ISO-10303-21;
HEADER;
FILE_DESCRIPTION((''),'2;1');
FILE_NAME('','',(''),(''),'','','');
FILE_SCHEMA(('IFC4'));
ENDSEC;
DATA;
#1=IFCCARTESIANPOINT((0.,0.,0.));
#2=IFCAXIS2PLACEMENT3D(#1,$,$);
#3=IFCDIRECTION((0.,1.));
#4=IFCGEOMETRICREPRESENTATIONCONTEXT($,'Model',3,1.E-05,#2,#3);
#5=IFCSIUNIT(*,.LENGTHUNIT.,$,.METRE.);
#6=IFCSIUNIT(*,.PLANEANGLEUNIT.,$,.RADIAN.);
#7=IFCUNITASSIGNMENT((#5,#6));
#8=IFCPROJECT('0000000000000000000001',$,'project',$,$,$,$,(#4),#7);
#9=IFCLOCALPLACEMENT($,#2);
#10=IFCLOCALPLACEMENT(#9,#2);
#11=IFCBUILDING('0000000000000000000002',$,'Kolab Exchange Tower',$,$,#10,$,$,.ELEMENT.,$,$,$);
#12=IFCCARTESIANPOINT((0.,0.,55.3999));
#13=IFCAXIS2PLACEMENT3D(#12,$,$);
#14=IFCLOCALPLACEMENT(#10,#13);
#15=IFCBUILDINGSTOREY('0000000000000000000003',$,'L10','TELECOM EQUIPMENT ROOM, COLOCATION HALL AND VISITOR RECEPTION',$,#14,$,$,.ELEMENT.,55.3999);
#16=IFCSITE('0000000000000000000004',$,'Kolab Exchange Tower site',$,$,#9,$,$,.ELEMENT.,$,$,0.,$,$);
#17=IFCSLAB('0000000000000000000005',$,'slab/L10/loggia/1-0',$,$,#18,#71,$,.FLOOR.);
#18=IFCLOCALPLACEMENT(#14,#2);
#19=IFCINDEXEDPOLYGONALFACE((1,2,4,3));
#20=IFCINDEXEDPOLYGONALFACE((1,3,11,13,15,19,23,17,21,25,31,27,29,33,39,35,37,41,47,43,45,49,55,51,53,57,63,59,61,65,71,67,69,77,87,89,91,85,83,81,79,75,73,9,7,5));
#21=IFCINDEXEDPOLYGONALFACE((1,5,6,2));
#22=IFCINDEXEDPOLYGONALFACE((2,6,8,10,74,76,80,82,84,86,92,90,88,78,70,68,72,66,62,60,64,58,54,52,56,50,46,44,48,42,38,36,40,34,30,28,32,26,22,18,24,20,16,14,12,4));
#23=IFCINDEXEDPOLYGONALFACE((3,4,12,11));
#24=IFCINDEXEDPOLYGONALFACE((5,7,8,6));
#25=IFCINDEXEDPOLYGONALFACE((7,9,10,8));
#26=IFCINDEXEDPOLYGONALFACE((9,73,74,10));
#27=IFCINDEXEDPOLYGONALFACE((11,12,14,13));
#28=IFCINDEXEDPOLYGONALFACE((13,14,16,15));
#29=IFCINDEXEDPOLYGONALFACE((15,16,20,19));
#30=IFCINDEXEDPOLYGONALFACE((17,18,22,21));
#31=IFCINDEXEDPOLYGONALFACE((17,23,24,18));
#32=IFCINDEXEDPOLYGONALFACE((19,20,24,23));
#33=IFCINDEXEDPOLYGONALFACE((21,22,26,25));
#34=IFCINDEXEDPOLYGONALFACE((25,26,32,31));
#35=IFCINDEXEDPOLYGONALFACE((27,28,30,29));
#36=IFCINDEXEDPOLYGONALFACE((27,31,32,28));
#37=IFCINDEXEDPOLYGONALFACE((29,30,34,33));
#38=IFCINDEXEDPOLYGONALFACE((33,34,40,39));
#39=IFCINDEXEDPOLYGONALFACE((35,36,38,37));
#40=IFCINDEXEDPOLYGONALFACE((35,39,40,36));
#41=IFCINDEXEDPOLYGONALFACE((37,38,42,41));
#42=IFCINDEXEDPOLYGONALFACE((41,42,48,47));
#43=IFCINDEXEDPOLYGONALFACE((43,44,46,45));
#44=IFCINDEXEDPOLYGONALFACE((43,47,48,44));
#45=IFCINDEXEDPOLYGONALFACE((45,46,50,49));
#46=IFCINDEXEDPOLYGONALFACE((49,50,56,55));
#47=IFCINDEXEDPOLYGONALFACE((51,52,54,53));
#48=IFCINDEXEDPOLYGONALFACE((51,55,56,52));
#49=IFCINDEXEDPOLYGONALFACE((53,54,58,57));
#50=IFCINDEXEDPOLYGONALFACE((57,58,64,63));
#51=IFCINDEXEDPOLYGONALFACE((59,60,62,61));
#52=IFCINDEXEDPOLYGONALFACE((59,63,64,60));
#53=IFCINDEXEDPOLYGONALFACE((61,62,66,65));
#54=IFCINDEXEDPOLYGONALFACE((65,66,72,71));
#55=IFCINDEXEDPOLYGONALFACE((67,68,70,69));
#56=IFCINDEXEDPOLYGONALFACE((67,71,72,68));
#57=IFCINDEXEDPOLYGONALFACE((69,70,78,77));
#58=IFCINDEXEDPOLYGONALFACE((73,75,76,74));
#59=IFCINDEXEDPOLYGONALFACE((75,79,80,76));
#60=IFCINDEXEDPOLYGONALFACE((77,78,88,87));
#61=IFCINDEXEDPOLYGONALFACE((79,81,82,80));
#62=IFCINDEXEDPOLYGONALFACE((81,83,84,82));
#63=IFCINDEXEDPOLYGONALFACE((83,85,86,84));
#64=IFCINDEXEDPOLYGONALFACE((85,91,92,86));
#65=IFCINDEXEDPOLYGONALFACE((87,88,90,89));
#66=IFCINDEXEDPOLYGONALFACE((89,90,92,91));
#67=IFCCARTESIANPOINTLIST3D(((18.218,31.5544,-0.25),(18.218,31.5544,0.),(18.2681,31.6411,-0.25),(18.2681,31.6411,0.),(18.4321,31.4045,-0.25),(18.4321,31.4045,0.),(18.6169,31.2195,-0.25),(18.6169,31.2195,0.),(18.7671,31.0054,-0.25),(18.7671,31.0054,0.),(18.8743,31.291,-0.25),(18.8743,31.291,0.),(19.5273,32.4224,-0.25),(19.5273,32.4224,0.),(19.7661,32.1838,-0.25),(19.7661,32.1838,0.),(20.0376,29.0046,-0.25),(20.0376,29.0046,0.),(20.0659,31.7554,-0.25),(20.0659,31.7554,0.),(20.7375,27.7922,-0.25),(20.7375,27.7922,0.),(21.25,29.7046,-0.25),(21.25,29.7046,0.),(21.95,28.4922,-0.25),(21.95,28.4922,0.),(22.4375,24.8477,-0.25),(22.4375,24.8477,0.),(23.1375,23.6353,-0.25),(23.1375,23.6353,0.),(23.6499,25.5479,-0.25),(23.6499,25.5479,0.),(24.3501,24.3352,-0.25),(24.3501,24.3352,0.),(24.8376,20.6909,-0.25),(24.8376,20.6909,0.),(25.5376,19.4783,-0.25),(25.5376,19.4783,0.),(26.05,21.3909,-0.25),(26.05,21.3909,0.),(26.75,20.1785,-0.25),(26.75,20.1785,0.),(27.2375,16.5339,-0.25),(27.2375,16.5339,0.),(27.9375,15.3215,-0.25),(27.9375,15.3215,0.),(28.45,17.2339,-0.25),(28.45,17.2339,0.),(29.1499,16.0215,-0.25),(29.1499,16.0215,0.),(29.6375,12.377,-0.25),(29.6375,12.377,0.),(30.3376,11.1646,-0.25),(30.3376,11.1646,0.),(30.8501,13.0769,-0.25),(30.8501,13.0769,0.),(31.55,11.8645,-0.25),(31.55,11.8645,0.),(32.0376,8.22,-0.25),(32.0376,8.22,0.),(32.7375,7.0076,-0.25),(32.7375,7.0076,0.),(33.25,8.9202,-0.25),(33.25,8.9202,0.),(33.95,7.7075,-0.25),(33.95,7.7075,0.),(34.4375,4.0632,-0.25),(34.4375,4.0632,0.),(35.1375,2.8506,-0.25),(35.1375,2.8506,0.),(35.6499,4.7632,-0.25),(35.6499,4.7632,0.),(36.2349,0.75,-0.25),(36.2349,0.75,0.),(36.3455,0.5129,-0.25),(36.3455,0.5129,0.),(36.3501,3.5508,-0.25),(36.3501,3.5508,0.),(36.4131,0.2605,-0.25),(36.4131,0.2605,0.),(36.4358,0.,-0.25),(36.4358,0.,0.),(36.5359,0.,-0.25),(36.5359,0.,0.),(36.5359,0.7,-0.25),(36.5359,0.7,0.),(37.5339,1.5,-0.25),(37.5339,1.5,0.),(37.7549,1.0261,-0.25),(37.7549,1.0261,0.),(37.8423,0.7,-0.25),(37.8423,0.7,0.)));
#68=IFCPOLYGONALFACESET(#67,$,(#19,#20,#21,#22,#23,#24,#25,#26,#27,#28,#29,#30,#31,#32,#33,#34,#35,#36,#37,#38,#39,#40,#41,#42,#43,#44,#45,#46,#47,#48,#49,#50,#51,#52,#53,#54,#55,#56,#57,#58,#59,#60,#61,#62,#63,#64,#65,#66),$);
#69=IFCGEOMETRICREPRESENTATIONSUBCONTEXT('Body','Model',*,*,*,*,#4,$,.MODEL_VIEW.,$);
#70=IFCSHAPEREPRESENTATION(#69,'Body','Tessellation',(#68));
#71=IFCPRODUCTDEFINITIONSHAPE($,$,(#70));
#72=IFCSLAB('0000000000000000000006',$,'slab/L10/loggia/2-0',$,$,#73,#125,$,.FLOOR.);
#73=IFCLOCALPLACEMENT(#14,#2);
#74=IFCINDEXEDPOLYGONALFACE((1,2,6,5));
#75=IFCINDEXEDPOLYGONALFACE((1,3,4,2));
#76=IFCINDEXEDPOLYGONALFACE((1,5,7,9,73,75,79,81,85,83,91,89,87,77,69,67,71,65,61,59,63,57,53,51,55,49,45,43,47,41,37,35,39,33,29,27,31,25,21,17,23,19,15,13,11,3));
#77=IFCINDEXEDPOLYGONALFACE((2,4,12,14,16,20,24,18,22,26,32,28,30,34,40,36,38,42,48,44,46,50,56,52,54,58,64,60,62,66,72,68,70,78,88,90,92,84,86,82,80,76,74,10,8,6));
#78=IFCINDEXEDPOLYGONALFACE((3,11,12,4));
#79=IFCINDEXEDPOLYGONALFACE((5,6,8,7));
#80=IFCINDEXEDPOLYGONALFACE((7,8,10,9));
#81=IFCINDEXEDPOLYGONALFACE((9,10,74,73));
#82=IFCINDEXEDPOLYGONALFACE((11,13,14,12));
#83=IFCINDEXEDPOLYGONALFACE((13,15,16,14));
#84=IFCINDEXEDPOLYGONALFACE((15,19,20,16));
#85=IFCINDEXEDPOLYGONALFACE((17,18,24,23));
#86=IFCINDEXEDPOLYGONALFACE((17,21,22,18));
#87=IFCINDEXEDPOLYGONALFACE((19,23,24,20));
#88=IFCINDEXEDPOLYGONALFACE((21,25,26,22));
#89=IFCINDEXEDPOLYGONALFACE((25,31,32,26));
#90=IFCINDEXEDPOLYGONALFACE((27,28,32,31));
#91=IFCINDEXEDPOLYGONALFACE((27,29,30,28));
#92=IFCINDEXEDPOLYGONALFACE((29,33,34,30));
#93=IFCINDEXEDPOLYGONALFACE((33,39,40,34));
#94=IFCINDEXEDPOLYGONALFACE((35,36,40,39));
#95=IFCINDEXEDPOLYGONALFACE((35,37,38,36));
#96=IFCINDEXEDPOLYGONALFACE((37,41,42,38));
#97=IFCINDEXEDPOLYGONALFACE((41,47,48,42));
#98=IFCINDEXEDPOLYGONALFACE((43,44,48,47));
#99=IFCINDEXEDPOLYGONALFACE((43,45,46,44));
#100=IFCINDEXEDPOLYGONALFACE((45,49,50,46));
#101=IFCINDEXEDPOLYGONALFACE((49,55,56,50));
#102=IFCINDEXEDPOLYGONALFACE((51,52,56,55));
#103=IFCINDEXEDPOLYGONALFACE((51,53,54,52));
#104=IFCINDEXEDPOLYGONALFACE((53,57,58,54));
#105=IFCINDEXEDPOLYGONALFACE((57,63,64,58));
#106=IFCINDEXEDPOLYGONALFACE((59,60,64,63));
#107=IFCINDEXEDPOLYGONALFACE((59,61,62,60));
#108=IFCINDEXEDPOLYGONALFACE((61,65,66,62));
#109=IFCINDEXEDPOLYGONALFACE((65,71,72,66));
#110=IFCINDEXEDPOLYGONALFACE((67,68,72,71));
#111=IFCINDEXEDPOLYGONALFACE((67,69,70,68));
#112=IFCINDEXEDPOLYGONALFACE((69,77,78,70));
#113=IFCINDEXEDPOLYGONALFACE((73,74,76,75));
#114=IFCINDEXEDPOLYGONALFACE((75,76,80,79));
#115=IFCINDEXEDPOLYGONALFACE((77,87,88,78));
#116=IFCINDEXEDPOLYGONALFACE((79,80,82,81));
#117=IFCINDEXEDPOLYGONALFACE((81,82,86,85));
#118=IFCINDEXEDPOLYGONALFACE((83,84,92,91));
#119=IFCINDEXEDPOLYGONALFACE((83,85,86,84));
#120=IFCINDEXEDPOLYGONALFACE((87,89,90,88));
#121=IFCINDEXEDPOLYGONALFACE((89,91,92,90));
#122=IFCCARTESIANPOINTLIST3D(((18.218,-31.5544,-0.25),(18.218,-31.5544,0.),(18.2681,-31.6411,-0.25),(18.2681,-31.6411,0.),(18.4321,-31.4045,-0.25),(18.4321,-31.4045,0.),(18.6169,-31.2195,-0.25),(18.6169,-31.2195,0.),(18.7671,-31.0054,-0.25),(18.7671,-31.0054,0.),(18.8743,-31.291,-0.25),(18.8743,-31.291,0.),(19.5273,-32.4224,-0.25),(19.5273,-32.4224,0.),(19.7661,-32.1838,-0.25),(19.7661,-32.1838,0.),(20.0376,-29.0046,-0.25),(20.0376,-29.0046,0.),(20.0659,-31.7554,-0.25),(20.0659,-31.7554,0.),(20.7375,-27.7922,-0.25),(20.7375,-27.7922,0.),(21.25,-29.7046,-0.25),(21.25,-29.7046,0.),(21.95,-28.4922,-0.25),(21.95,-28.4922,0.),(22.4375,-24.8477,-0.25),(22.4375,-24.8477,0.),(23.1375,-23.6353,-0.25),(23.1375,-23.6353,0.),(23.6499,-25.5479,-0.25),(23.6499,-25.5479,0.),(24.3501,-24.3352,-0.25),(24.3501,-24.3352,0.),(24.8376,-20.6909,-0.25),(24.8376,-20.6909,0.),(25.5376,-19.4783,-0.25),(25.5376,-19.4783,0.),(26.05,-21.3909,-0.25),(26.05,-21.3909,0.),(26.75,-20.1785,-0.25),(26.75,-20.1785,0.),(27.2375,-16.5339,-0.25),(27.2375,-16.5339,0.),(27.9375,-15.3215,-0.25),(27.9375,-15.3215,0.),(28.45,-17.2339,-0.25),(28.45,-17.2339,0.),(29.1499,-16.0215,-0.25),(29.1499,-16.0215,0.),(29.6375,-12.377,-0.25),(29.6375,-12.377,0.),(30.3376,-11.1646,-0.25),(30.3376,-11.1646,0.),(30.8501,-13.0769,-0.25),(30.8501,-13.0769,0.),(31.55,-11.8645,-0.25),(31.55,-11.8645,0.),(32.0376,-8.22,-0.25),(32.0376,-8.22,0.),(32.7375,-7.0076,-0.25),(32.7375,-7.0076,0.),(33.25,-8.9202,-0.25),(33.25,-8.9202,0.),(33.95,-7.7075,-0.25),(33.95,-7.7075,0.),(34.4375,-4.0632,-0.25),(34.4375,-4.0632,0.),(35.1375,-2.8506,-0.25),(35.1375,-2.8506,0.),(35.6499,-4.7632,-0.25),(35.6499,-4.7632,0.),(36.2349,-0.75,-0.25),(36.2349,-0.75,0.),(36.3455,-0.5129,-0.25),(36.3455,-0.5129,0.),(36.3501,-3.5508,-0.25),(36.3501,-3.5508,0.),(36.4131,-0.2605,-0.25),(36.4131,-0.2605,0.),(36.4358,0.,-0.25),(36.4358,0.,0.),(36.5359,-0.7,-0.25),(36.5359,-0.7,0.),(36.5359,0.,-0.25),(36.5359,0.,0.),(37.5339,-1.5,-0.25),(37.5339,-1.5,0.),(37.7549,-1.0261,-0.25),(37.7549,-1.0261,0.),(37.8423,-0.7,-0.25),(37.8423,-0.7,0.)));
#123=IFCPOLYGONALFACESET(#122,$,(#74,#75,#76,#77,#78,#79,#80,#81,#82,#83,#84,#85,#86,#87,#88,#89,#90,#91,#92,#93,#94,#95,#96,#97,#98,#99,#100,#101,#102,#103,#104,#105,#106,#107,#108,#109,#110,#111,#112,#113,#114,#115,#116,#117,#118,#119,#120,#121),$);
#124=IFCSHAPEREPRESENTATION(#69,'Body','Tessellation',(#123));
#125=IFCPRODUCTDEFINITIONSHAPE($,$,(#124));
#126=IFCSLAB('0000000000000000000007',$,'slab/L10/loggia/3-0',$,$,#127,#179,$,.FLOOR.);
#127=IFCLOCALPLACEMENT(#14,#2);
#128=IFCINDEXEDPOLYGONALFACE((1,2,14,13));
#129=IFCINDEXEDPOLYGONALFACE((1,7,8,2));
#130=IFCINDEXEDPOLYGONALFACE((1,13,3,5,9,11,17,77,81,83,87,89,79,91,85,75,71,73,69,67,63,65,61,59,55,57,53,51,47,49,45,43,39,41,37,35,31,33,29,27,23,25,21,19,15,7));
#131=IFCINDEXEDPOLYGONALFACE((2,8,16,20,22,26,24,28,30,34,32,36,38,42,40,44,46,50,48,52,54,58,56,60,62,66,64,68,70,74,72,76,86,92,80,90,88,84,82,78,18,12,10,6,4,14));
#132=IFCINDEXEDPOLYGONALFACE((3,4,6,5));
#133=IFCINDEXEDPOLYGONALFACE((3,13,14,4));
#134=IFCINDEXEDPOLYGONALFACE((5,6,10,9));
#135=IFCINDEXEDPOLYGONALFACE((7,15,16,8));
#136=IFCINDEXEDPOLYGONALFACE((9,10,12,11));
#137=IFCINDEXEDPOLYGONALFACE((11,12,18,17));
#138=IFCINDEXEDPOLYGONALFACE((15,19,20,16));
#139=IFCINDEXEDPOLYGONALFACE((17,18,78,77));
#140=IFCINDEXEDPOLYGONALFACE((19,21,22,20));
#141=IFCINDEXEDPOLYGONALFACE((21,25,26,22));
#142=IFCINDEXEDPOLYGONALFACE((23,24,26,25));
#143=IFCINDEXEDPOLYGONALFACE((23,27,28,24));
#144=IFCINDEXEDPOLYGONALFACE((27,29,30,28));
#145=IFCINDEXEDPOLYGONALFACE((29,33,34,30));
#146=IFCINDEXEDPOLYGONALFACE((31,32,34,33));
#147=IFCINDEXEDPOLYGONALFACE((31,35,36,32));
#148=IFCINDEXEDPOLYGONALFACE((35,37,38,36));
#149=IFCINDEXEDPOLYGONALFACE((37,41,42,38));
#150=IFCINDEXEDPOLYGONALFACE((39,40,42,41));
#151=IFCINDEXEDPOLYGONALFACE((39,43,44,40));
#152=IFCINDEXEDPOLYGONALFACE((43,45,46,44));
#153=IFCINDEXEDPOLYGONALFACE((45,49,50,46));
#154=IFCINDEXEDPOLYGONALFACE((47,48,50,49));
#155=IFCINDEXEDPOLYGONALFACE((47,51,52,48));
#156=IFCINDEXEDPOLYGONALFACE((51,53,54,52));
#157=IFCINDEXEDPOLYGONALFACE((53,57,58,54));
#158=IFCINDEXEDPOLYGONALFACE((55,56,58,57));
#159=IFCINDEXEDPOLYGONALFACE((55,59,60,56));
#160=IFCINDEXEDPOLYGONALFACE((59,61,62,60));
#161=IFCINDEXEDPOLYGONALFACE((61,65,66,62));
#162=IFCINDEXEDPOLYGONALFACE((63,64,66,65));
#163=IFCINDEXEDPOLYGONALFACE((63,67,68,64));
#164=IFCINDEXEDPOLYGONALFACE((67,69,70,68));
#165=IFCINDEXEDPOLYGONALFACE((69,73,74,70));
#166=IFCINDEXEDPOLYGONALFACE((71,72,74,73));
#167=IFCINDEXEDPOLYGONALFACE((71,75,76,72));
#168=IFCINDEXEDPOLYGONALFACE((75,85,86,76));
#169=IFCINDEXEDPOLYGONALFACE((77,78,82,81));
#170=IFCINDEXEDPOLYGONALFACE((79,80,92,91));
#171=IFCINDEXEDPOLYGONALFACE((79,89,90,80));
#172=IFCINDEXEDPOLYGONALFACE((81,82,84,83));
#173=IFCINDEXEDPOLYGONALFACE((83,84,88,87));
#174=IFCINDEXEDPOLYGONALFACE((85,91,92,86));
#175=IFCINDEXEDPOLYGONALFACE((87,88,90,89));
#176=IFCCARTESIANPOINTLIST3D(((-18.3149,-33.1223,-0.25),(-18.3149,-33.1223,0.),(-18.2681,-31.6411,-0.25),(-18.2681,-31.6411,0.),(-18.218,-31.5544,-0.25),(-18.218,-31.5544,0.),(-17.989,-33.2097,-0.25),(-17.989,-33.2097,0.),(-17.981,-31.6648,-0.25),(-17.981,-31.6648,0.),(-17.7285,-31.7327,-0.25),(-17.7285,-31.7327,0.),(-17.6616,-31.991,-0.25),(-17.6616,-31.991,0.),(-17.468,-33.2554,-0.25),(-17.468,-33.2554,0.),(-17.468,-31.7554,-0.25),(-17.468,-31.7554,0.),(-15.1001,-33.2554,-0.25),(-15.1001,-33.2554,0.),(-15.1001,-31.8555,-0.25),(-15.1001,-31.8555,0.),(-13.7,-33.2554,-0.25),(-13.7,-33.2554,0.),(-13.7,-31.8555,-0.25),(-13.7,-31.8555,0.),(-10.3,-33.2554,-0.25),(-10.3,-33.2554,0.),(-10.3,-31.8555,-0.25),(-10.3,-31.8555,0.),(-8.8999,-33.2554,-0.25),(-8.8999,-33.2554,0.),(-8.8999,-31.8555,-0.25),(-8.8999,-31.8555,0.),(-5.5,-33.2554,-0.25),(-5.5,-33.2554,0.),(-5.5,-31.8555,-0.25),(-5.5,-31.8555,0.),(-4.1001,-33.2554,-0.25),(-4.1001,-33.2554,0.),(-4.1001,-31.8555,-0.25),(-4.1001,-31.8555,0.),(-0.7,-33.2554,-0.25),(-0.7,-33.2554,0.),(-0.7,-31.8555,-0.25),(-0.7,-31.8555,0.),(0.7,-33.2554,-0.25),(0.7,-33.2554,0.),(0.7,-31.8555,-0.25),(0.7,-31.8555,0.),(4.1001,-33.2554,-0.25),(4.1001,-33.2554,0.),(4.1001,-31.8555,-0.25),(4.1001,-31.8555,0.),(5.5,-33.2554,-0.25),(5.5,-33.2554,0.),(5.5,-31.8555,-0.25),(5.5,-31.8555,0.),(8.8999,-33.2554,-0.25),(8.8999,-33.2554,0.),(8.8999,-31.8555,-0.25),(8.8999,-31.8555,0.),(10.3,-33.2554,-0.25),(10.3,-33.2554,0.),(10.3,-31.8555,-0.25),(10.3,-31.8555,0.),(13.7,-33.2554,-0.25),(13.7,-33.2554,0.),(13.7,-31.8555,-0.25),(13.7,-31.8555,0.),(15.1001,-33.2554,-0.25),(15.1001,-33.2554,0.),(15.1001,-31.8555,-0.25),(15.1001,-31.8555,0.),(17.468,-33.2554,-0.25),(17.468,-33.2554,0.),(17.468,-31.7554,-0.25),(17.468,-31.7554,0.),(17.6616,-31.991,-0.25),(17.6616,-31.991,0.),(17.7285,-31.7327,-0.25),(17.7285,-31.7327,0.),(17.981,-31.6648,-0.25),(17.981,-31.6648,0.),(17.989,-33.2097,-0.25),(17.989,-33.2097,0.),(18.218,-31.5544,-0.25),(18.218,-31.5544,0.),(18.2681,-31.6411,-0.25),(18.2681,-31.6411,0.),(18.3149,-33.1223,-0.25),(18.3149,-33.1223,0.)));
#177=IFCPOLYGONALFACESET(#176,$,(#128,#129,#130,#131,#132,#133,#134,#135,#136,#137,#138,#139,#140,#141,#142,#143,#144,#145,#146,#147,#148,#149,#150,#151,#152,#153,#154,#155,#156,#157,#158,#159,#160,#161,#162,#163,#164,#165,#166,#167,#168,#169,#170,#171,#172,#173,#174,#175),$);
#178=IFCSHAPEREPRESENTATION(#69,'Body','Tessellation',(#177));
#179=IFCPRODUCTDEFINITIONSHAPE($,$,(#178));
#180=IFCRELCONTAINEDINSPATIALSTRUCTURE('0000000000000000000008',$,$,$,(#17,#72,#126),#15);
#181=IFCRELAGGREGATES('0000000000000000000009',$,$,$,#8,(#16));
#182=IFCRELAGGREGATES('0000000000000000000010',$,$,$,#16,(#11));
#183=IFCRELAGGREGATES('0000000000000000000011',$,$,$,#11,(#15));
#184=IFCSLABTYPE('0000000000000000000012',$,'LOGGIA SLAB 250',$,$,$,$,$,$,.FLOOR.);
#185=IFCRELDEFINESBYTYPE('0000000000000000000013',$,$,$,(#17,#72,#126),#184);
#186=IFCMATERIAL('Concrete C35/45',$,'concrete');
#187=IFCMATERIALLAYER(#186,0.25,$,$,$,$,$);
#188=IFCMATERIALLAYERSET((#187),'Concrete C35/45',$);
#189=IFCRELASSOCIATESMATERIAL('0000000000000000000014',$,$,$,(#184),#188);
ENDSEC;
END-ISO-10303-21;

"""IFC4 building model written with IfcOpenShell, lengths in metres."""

from ifc_helpers import new_model, si_unit, direction, frame, origin, place, context, subcontext, project, spatial, polyline, outline, extrude, material, layer, layer_set, type_object, element, save


model = new_model("IFC4")

# Units and contexts
model_context = context("Model", 3, precision=1e-05, world=origin(), true_north=direction((0.0, 1.0)))
body_context = subcontext(model_context, "Body", "Model", "MODEL_VIEW")
ifc_project = project(units=[si_unit("LENGTHUNIT", "METRE"), si_unit("PLANEANGLEUNIT", "RADIAN")], contexts=[model_context])

# Site, building, storey
site_placement = place(None, origin())
site = spatial("IfcSite", under=ifc_project, at=site_placement, Name="Kolab Exchange Tower site", CompositionType="ELEMENT", RefElevation=0.0)
building_placement = place(site_placement, origin())
building = spatial("IfcBuilding", under=site, at=building_placement, Name="Kolab Exchange Tower", CompositionType="ELEMENT")
storey_placement = place(building_placement, frame((0.0, 0.0, 55.3999)))
storey = spatial("IfcBuildingStorey", under=building, at=storey_placement, Name="L10", Description="TELECOM EQUIPMENT ROOM, COLOCATION HALL AND VISITOR RECEPTION", CompositionType="ELEMENT", Elevation=55.3999)

# Slabs
ifc_material_1 = material(Name="Concrete C35/45", Category="concrete")
ifc_layer_1 = layer(ifc_material_1, 0.25)
ifc_layer_set_1 = layer_set([ifc_layer_1], Name="Concrete C35/45")
slab_type_1 = type_object("IfcSlabType", Name="LOGGIA SLAB 250", PredefinedType="FLOOR", material=ifc_layer_set_1)
slab_1_placement = place(storey_placement, frame((0.0, 0.0, -0.25)))
element("IfcSlab", 1, at=slab_1_placement, inside=storey, type_object=slab_type_1, Name="slab/L10/loggia/1-0", PredefinedType="FLOOR", context=body_context, shape_type="SweptSolid", body=[
    extrude(outline(polyline([(36.4358, 0.0), (36.5359, 0.0), (36.5359, 0.7), (37.8423, 0.7), (37.7549, 1.0261), (37.5339, 1.5), (36.3501, 3.5508), (35.1375, 2.8506), (34.4375, 4.0632), (35.6499, 4.7632), (33.95, 7.7075), (32.7375, 7.0076), (32.0376, 8.22), (33.25, 8.9202), (31.55, 11.8645), (30.3376, 11.1646), (29.6375, 12.377), (30.8501, 13.0769), (29.1499, 16.0215), (27.9375, 15.3215), (27.2375, 16.5339), (28.45, 17.2339), (26.75, 20.1785), (25.5376, 19.4783), (24.8376, 20.6909), (26.05, 21.3909), (24.3501, 24.3352), (23.1375, 23.6353), (22.4375, 24.8477), (23.6499, 25.5479), (21.95, 28.4922), (20.7375, 27.7922), (20.0376, 29.0046), (21.25, 29.7046), (20.0659, 31.7554), (19.7661, 32.1838), (19.5273, 32.4224), (18.8743, 31.291), (18.2681, 31.6411), (18.218, 31.5544), (18.4321, 31.4045), (18.6169, 31.2195), (18.7671, 31.0054), (36.2349, 0.75), (36.3455, 0.5129), (36.4131, 0.2605), (36.4358, 0.0)])), origin(), (0.0, 0.0, 1.0), 0.25),
])
slab_2_placement = place(storey_placement, frame((0.0, 0.0, -0.25)))
element("IfcSlab", 2, at=slab_2_placement, inside=storey, type_object=slab_type_1, Name="slab/L10/loggia/2-0", PredefinedType="FLOOR", context=body_context, shape_type="SweptSolid", body=[
    extrude(outline(polyline([(20.0659, -31.7554), (21.25, -29.7046), (20.0376, -29.0046), (20.7375, -27.7922), (21.95, -28.4922), (23.6499, -25.5479), (22.4375, -24.8477), (23.1375, -23.6353), (24.3501, -24.3352), (26.05, -21.3909), (24.8376, -20.6909), (25.5376, -19.4783), (26.75, -20.1785), (28.45, -17.2339), (27.2375, -16.5339), (27.9375, -15.3215), (29.1499, -16.0215), (30.8501, -13.0769), (29.6375, -12.377), (30.3376, -11.1646), (31.55, -11.8645), (33.25, -8.9202), (32.0376, -8.22), (32.7375, -7.0076), (33.95, -7.7075), (35.6499, -4.7632), (34.4375, -4.0632), (35.1375, -2.8506), (36.3501, -3.5508), (37.5339, -1.5), (37.7549, -1.0261), (37.8423, -0.7), (36.5359, -0.7), (36.5359, 0.0), (36.4358, 0.0), (36.4131, -0.2605), (36.3455, -0.5129), (36.2349, -0.75), (18.7671, -31.0054), (18.6169, -31.2195), (18.4321, -31.4045), (18.218, -31.5544), (18.2681, -31.6411), (18.8743, -31.291), (19.5273, -32.4224), (19.7661, -32.1838), (20.0659, -31.7554)])), origin(), (0.0, 0.0, 1.0), 0.25),
])
slab_3_placement = place(storey_placement, frame((0.0, 0.0, -0.25)))
element("IfcSlab", 3, at=slab_3_placement, inside=storey, type_object=slab_type_1, Name="slab/L10/loggia/3-0", PredefinedType="FLOOR", context=body_context, shape_type="SweptSolid", body=[
    extrude(outline(polyline([(-18.218, -31.5544), (-18.2681, -31.6411), (-17.6616, -31.991), (-18.3149, -33.1223), (-17.989, -33.2097), (-17.468, -33.2554), (-15.1001, -33.2554), (-15.1001, -31.8555), (-13.7, -31.8555), (-13.7, -33.2554), (-10.3, -33.2554), (-10.3, -31.8555), (-8.8999, -31.8555), (-8.8999, -33.2554), (-5.5, -33.2554), (-5.5, -31.8555), (-4.1001, -31.8555), (-4.1001, -33.2554), (-0.7, -33.2554), (-0.7, -31.8555), (0.7, -31.8555), (0.7, -33.2554), (4.1001, -33.2554), (4.1001, -31.8555), (5.5, -31.8555), (5.5, -33.2554), (8.8999, -33.2554), (8.8999, -31.8555), (10.3, -31.8555), (10.3, -33.2554), (13.7, -33.2554), (13.7, -31.8555), (15.1001, -31.8555), (15.1001, -33.2554), (17.468, -33.2554), (17.989, -33.2097), (18.3149, -33.1223), (17.6616, -31.991), (18.2681, -31.6411), (18.218, -31.5544), (17.981, -31.6648), (17.7285, -31.7327), (17.468, -31.7554), (-17.468, -31.7554), (-17.7285, -31.7327), (-17.981, -31.6648), (-18.218, -31.5544)])), origin(), (0.0, 0.0, 1.0), 0.25),
])

save(model, "model.ifc")
